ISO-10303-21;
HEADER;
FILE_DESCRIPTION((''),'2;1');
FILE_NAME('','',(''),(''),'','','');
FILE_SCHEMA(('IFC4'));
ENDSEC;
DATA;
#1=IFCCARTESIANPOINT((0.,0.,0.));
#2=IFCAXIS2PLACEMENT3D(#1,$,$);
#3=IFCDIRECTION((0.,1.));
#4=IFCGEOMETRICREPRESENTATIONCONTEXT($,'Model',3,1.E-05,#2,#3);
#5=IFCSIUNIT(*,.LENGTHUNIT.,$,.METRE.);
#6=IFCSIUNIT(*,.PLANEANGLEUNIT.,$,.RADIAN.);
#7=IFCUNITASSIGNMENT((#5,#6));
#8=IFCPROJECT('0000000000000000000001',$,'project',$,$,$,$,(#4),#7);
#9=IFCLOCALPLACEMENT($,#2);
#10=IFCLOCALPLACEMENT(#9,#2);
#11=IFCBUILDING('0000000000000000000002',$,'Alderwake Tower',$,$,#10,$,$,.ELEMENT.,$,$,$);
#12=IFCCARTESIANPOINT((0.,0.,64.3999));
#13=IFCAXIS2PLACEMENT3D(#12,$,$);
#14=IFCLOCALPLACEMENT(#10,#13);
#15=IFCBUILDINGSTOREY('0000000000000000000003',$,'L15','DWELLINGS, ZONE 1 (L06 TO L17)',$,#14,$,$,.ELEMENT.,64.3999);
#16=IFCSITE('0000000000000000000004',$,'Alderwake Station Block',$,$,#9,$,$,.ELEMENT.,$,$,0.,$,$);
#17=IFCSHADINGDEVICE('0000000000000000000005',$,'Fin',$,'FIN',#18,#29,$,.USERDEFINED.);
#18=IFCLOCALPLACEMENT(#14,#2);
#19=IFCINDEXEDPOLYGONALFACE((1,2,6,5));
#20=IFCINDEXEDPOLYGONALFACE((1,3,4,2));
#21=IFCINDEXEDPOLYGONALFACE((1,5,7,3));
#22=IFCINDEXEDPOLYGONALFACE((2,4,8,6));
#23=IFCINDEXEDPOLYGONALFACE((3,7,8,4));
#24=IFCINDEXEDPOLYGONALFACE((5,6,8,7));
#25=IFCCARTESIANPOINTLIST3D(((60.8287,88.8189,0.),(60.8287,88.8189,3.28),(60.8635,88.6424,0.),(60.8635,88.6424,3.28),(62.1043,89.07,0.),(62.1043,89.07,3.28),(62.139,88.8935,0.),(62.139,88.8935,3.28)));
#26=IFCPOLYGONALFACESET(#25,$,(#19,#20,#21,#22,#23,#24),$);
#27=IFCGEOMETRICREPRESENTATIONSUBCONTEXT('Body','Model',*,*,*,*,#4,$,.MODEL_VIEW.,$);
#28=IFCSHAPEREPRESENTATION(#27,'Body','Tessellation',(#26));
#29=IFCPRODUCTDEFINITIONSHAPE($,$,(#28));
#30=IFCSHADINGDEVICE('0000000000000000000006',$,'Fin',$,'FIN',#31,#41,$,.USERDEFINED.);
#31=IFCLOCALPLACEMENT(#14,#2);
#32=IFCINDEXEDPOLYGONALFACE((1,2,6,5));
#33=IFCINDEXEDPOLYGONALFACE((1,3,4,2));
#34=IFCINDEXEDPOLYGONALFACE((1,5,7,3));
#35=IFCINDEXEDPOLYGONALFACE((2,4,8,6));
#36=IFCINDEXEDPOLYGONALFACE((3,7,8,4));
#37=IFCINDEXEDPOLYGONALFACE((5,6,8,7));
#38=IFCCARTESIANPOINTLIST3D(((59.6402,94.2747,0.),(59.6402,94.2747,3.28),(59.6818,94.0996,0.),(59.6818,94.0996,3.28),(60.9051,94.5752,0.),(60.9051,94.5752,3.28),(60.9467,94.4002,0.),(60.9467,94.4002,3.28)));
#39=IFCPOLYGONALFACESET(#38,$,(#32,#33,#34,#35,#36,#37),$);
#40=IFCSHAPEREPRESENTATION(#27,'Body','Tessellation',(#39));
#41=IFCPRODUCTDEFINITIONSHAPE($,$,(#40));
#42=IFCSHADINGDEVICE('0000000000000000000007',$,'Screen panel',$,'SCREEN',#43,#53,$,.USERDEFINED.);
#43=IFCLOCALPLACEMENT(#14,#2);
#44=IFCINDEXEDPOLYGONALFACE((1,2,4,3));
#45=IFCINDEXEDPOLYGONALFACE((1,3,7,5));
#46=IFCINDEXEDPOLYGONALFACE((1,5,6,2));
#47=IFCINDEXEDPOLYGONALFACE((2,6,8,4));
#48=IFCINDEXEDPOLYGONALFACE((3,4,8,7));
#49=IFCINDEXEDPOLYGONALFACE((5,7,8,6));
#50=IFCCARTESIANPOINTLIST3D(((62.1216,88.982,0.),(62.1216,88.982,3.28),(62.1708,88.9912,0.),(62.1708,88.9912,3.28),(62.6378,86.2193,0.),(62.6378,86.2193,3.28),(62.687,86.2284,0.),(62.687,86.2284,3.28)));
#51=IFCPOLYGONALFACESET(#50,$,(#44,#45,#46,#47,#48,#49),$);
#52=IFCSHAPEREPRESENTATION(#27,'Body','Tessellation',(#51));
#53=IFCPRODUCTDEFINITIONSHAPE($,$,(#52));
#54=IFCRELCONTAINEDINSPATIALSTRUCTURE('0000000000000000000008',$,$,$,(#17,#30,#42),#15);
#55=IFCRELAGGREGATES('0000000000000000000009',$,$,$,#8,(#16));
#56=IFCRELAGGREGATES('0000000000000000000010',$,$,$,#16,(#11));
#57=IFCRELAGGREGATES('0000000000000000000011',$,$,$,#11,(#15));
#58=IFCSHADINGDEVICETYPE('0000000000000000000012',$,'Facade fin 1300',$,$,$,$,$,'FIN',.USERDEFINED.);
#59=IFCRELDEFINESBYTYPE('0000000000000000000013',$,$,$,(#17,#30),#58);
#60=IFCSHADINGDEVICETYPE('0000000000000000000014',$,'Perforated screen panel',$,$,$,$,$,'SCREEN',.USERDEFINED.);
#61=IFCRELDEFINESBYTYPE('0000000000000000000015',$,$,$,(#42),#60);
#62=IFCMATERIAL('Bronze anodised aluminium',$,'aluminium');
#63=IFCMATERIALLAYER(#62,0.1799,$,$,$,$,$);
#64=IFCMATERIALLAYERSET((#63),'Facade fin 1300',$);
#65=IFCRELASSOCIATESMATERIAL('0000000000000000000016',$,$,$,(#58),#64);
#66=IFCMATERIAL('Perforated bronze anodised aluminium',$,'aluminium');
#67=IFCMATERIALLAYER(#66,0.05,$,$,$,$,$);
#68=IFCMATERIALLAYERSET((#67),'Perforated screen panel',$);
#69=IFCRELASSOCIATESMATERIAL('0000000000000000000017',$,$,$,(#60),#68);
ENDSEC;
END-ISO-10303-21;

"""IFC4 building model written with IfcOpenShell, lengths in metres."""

from ifc_helpers import new_model, si_unit, direction, frame, origin, origin_2d, place, context, subcontext, project, spatial, rectangle, extrude, material, layer, layer_set, type_object, element, save


model = new_model("IFC4")

# Units and contexts
model_context = context("Model", 3, precision=1e-05, world=origin(), true_north=direction((0.0, 1.0)))
body_context = subcontext(model_context, "Body", "Model", "MODEL_VIEW")
ifc_project = project(units=[si_unit("LENGTHUNIT", "METRE"), si_unit("PLANEANGLEUNIT", "RADIAN")], contexts=[model_context])

# Site, building, storey
site_placement = place(None, origin())
site = spatial("IfcSite", under=ifc_project, at=site_placement, Name="Alderwake Station Block", CompositionType="ELEMENT", RefElevation=0.0)
building_placement = place(site_placement, origin())
building = spatial("IfcBuilding", under=site, at=building_placement, Name="Alderwake Tower", CompositionType="ELEMENT")
storey_placement = place(building_placement, frame((0.0, 0.0, 64.3999)))
storey = spatial("IfcBuildingStorey", under=building, at=storey_placement, Name="L15", Description="DWELLINGS, ZONE 1 (L06 TO L17)", CompositionType="ELEMENT", Elevation=64.3999)

# Shading devices
ifc_material_1 = material(Name="Bronze anodised aluminium", Category="aluminium")
ifc_layer_1 = layer(ifc_material_1, 0.1799)
ifc_layer_set_1 = layer_set([ifc_layer_1], Name="Facade fin 1300")
shading_device_type_1 = type_object("IfcShadingDeviceType", Name="Facade fin 1300", ElementType="FIN", PredefinedType="USERDEFINED", material=ifc_layer_set_1)
for number, where, z_axis, x_axis, name in (
    (1, (61.4839, 88.8562, 0.0), (0.0, 0.0, 1.0), (0.981164, 0.193178, 0.0), "Fin"),
    (2, (60.2935, 94.3374, 0.0), (0.0, 0.0, 1.0), (0.972909, 0.231189, 0.0), "Fin"),
):
    element("IfcShadingDevice", number, at=place(storey_placement, frame(where, z_axis=z_axis, x_axis=x_axis)), inside=storey, type_object=shading_device_type_1, Name=name, ObjectType="FIN", PredefinedType="USERDEFINED", context=body_context, shape_type="SweptSolid", body=[
        extrude(rectangle(XDim=1.3, YDim=0.1799, at=origin_2d()), origin(), (0.0, 0.0, 1.0), 3.28),
    ])
ifc_material_2 = material(Name="Perforated bronze anodised aluminium", Category="aluminium")
ifc_layer_2 = layer(ifc_material_2, 0.05)
ifc_layer_set_2 = layer_set([ifc_layer_2], Name="Perforated screen panel")
shading_device_type_2 = type_object("IfcShadingDeviceType", Name="Perforated screen panel", ElementType="SCREEN", PredefinedType="USERDEFINED", material=ifc_layer_set_2)
shading_device_placement = place(storey_placement, frame((62.4043, 87.6052, 0.0), z_axis=(0.0, 0.0, 1.0), x_axis=(0.982991, 0.183651, 0.0)))
element("IfcShadingDevice", 3, at=shading_device_placement, inside=storey, type_object=shading_device_type_2, Name="Screen panel", ObjectType="SCREEN", PredefinedType="USERDEFINED", context=body_context, shape_type="SweptSolid", body=[
    extrude(rectangle(XDim=0.05, YDim=2.8105, at=origin_2d()), origin(), (0.0, 0.0, 1.0), 3.28),
])

save(model, "model.ifc")
